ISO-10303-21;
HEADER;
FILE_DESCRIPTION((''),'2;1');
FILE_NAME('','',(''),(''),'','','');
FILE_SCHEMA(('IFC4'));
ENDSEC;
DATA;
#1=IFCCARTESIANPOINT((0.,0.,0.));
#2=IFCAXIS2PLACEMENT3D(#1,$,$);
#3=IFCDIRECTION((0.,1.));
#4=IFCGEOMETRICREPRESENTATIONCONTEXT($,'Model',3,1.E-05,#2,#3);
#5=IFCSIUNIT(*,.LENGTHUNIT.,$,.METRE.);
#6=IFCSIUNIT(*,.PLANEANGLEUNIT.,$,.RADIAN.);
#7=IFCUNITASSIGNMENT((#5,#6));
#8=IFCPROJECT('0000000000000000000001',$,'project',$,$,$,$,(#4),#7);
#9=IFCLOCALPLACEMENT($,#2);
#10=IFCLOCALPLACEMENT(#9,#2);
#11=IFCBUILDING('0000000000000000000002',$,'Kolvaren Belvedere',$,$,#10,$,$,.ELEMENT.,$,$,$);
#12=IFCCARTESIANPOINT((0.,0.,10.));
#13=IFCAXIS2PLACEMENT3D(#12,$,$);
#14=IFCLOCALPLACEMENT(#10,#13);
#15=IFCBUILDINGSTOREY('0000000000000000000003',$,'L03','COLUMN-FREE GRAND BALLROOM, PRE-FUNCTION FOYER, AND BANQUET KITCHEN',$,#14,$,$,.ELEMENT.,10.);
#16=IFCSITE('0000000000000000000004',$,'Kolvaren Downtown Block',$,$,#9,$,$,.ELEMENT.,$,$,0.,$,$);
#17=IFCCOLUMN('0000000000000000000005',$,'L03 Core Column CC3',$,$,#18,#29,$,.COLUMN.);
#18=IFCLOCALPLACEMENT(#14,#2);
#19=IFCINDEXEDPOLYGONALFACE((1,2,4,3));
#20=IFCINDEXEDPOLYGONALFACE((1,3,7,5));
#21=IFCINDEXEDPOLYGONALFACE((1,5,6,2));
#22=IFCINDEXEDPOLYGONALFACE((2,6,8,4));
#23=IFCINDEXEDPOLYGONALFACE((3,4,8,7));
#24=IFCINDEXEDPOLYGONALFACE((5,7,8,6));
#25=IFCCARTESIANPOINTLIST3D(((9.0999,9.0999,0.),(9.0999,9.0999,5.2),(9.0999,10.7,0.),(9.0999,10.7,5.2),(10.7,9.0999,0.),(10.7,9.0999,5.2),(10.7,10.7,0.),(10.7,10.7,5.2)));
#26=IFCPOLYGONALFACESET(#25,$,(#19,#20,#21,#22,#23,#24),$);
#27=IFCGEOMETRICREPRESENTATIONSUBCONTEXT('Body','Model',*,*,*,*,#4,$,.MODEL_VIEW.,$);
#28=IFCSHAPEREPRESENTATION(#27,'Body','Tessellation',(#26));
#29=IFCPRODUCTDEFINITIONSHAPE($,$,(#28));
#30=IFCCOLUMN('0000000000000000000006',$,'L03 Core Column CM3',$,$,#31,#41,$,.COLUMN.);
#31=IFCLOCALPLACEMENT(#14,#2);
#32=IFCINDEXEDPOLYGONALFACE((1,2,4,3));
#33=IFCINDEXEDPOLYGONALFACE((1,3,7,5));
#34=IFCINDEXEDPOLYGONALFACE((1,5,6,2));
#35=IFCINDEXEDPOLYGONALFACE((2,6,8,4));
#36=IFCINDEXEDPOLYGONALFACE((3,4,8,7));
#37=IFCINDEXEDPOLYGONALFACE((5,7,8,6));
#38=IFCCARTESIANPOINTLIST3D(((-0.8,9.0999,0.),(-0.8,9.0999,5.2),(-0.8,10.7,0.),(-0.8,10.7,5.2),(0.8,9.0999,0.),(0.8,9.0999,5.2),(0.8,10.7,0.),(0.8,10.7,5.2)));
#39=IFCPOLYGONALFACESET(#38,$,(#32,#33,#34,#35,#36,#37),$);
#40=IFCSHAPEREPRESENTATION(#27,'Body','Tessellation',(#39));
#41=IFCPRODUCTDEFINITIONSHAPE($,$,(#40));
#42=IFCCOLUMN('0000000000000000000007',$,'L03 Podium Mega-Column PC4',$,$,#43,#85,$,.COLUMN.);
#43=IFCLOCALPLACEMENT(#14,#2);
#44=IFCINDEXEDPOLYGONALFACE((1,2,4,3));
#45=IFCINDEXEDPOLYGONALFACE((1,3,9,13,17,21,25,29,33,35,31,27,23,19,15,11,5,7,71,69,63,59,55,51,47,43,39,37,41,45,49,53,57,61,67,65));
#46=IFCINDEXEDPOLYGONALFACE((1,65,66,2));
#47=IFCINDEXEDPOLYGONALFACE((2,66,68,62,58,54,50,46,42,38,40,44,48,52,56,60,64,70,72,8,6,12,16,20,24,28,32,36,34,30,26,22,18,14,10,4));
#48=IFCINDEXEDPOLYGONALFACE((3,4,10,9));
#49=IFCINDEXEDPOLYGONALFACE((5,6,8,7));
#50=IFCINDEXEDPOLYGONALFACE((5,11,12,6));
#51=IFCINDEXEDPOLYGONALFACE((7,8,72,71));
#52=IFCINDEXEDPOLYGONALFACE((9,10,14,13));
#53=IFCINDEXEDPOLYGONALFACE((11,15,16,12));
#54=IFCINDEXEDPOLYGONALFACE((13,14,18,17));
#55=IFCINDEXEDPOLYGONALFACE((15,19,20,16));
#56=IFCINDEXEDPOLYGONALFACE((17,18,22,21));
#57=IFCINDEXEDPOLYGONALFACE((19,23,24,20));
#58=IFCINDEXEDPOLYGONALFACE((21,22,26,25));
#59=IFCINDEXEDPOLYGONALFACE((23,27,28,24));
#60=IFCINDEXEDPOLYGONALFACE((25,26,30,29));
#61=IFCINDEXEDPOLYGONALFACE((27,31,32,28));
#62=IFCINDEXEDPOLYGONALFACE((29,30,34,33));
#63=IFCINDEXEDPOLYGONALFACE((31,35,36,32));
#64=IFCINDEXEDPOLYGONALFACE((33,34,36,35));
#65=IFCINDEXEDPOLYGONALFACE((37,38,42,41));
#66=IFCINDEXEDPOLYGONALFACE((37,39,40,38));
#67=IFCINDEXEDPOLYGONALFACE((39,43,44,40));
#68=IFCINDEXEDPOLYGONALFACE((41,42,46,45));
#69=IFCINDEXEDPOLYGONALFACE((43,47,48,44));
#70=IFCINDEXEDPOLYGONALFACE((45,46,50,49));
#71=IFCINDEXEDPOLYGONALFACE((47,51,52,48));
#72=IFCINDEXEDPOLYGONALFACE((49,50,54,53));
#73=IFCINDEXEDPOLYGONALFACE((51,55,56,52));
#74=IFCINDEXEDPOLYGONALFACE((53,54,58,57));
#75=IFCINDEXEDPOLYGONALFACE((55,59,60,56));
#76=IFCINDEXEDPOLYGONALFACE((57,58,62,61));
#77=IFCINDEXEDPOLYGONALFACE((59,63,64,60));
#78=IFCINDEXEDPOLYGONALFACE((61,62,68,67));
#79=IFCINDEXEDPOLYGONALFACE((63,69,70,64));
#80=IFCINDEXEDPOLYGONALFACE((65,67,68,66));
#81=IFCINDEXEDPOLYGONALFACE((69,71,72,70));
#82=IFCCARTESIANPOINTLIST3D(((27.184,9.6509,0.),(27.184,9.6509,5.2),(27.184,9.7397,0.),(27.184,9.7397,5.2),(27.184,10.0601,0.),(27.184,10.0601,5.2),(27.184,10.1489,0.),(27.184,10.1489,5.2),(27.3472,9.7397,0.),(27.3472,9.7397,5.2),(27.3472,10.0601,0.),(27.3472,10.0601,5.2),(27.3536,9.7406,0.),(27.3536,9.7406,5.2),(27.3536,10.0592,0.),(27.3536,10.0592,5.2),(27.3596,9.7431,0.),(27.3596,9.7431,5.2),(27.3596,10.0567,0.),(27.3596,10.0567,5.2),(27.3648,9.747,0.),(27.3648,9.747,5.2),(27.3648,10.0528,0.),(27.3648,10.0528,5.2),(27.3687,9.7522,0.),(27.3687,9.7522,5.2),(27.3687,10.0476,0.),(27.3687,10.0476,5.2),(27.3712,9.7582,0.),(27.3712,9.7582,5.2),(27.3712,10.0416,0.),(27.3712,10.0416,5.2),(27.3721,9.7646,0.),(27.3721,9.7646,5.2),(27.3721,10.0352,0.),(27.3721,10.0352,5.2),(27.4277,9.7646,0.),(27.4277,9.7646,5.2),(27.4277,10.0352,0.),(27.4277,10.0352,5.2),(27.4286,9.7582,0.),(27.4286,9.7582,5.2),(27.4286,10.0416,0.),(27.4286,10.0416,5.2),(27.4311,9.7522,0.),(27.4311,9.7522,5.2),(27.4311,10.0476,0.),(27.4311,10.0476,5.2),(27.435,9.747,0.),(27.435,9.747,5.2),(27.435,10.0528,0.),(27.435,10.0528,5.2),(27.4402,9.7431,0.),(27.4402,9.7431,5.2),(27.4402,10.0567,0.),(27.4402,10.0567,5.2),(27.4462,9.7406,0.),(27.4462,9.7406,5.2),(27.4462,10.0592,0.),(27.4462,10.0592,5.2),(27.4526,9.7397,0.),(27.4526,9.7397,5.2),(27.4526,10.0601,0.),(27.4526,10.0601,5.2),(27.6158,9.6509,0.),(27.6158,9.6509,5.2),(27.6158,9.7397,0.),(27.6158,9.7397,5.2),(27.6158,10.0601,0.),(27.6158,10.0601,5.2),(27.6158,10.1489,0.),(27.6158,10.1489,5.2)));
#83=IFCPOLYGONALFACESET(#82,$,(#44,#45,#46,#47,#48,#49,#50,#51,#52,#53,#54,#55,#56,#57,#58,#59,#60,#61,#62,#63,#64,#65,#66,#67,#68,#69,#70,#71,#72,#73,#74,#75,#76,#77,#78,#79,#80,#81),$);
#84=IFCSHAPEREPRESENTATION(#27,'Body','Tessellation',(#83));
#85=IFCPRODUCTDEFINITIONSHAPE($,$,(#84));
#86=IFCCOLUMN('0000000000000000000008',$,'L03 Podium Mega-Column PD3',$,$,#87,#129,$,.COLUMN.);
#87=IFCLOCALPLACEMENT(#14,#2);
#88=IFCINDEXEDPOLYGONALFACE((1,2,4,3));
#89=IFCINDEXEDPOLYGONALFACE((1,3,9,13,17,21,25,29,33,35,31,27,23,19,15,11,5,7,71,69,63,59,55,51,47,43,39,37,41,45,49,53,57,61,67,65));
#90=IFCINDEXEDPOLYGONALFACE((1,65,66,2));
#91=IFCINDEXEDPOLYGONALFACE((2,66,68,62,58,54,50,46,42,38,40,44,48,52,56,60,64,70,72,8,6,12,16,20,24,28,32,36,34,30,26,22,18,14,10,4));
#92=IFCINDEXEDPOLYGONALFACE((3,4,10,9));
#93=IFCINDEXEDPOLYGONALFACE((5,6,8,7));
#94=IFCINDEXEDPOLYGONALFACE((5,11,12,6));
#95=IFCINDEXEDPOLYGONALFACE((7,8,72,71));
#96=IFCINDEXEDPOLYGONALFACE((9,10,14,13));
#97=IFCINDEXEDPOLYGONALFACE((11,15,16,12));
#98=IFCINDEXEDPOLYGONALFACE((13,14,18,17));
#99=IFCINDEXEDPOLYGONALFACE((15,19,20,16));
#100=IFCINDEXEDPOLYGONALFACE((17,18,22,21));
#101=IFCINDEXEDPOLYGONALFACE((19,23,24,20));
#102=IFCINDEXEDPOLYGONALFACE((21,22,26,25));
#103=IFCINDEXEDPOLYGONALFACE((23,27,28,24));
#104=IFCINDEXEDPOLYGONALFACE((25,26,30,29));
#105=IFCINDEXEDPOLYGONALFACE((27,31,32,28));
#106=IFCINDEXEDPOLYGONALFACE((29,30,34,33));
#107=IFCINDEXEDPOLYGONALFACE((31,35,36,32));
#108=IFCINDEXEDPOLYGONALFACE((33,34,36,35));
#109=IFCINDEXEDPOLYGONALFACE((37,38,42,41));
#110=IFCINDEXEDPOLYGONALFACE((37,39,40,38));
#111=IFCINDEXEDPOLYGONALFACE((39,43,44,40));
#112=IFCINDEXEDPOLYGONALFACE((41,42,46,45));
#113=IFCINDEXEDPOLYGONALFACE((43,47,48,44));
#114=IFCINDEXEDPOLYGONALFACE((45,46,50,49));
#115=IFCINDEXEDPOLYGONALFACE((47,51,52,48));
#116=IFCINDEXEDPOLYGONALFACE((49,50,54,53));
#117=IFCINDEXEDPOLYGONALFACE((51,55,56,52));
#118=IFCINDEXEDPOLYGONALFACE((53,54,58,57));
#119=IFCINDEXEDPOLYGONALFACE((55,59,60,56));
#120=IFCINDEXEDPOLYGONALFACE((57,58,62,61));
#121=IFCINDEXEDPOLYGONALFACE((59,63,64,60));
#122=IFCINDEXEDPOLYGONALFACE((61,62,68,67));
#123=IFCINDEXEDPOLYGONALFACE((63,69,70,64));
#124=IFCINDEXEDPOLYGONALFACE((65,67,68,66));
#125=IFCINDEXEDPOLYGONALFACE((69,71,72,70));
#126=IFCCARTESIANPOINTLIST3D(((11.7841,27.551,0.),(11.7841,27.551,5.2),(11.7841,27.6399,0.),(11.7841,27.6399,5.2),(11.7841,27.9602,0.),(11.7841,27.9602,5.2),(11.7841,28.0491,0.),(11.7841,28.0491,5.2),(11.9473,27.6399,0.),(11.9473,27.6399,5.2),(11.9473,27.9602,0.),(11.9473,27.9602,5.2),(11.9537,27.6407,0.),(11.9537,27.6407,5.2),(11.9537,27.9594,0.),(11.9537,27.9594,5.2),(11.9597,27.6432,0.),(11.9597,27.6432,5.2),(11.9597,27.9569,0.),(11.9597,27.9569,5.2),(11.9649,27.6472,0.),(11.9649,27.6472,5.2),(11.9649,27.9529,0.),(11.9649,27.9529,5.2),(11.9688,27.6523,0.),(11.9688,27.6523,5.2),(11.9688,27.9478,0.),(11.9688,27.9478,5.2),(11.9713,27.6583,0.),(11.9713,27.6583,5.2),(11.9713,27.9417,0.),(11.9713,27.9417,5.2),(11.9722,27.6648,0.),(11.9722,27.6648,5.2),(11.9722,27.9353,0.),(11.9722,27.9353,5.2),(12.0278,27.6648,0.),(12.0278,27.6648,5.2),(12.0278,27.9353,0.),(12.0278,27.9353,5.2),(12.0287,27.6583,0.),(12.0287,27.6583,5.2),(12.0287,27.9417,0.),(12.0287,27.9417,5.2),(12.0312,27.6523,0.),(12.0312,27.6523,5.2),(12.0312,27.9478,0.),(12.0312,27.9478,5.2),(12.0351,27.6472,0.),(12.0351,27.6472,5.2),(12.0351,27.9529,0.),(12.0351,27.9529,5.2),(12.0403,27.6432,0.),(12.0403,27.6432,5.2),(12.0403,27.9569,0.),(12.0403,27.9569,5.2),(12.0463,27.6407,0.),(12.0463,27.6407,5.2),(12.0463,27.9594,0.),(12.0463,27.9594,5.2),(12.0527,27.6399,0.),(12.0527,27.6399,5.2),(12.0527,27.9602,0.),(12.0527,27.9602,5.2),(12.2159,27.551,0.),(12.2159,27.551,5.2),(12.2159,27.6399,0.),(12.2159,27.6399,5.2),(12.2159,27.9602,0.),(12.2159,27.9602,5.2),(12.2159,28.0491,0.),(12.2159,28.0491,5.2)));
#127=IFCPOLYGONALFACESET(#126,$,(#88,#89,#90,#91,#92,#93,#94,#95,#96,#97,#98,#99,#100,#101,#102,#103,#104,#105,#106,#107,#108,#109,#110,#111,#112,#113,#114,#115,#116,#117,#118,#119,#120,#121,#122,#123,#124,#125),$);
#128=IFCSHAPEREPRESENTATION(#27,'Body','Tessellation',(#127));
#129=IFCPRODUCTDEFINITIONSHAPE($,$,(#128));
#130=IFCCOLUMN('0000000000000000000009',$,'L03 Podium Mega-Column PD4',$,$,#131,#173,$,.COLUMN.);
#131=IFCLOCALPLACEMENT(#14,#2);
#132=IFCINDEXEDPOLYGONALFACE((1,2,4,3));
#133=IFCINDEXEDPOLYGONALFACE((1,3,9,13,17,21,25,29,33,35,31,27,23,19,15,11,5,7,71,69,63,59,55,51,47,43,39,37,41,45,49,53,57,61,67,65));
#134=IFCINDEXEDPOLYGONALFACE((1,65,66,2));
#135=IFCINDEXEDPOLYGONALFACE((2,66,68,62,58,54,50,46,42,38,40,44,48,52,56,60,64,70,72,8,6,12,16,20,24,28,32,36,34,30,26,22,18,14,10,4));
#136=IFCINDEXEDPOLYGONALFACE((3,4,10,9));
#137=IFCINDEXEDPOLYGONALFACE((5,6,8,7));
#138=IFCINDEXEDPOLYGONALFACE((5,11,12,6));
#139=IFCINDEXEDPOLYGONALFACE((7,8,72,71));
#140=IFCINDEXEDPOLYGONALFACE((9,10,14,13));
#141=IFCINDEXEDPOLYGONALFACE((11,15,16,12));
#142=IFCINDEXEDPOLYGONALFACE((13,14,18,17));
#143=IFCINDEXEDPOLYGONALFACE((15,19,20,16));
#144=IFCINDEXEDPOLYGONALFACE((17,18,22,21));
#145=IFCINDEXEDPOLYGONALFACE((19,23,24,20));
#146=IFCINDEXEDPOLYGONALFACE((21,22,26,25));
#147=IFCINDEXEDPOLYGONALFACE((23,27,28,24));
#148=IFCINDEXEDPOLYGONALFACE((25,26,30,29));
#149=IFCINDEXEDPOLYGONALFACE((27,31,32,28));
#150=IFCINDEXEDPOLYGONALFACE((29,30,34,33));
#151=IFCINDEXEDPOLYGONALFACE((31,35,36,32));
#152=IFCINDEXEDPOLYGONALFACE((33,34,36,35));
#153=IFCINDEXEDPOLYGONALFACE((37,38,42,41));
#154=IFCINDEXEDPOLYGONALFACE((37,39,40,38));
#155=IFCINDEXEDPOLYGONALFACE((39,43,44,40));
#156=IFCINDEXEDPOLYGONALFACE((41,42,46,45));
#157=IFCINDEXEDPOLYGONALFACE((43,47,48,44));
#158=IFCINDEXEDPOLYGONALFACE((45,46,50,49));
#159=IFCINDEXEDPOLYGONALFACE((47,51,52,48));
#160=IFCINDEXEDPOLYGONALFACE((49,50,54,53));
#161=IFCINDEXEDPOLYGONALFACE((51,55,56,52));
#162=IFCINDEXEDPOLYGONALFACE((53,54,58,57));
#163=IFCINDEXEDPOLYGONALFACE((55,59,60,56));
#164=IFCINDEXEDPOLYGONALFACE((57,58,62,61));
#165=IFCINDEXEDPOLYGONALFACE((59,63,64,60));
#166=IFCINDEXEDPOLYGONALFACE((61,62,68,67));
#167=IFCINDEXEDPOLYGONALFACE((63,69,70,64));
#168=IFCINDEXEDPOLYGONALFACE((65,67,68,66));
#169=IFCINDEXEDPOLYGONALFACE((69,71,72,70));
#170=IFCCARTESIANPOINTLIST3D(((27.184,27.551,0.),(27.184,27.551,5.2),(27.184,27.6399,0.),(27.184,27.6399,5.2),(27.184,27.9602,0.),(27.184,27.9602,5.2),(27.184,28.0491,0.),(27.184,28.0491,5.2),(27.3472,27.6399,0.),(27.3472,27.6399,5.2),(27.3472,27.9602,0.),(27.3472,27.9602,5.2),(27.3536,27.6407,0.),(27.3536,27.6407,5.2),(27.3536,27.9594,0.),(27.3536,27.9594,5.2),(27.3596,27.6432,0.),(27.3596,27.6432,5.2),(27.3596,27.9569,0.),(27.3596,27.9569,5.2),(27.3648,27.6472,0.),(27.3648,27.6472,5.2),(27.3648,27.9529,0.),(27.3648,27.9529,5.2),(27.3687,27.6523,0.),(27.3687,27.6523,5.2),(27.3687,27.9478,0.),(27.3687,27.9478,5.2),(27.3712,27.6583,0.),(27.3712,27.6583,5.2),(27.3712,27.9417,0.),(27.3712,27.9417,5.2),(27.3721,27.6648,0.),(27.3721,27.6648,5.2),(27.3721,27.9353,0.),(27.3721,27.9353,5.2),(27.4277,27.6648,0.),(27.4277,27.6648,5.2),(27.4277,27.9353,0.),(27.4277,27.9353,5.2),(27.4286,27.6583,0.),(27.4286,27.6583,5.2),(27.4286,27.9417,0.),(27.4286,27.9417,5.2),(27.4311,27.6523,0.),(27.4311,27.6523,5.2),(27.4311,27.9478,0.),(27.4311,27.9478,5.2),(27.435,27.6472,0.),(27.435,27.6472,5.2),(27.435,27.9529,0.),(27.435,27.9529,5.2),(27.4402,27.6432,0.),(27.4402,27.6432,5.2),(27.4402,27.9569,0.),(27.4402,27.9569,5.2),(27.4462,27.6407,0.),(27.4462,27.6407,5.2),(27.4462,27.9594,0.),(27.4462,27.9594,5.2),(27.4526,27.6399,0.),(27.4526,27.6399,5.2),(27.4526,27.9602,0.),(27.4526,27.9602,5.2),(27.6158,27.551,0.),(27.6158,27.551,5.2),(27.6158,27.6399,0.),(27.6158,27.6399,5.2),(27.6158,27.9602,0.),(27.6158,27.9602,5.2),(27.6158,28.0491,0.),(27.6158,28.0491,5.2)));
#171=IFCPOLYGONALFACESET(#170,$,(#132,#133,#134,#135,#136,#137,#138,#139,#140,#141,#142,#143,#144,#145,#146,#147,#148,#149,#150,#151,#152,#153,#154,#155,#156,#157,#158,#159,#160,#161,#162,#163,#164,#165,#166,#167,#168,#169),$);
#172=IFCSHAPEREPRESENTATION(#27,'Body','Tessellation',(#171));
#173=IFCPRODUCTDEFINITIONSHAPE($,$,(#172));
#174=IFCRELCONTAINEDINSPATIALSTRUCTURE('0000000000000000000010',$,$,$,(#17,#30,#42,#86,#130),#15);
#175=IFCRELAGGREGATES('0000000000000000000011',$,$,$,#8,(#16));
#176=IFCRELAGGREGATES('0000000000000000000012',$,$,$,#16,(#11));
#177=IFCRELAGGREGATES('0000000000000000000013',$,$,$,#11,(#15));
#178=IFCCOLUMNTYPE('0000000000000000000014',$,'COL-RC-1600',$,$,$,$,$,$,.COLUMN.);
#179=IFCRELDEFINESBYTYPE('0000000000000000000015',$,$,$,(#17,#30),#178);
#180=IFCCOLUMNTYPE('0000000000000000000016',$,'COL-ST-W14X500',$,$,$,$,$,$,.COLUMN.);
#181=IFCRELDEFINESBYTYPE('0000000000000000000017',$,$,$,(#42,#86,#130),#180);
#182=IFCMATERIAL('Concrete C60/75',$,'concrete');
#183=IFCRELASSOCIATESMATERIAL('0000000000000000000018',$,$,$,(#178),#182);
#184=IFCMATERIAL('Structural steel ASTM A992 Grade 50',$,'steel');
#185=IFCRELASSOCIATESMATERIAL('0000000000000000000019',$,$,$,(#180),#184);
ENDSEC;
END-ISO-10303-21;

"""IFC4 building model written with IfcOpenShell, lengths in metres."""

from ifc_helpers import new_model, si_unit, direction, frame, origin, origin_2d, place, context, subcontext, project, spatial, rectangle, i_section, extrude, material, material_profile, profile_set, type_object, element, save


model = new_model("IFC4")

# Units and contexts
model_context = context("Model", 3, precision=1e-05, world=origin(), true_north=direction((0.0, 1.0)))
body_context = subcontext(model_context, "Body", "Model", "MODEL_VIEW")
ifc_project = project(units=[si_unit("LENGTHUNIT", "METRE"), si_unit("PLANEANGLEUNIT", "RADIAN")], contexts=[model_context])

# Site, building, storey
site_placement = place(None, origin())
site = spatial("IfcSite", under=ifc_project, at=site_placement, Name="Kolvaren Downtown Block", CompositionType="ELEMENT", RefElevation=0.0)
building_placement = place(site_placement, origin())
building = spatial("IfcBuilding", under=site, at=building_placement, Name="Kolvaren Belvedere", CompositionType="ELEMENT")
storey_placement = place(building_placement, frame((0.0, 0.0, 10.0)))
storey = spatial("IfcBuildingStorey", under=building, at=storey_placement, Name="L03", Description="COLUMN-FREE GRAND BALLROOM, PRE-FUNCTION FOYER, AND BANQUET KITCHEN", CompositionType="ELEMENT", Elevation=10.0)

# Columns
ifc_material_1 = material(Name="Concrete C60/75", Category="concrete")
ifc_material_profile_1 = material_profile(ifc_material_1, rectangle(XDim=1.6001, YDim=1.6001, at=origin_2d()), Name="RC 1600X1600")
ifc_profile_set_1 = profile_set([ifc_material_profile_1], Name="Concrete C60/75")
column_type_1 = type_object("IfcColumnType", Name="COL-RC-1600", PredefinedType="COLUMN", material=ifc_profile_set_1)
for number, where, z_axis, x_axis, name in (
    (1, (9.8999, 9.8999, 0.0), (0.0, 0.0, 1.0), (1.0, 0.0, 0.0), "L03 Core Column CC3"),
    (2, (0.0, 9.8999, 0.0), (0.0, 0.0, 1.0), (1.0, 0.0, 0.0), "L03 Core Column CM3"),
):
    element("IfcColumn", number, at=place(storey_placement, frame(where, z_axis=z_axis, x_axis=x_axis)), inside=storey, type_object=column_type_1, Name=name, PredefinedType="COLUMN", context=body_context, shape_type="SweptSolid", body=[
        extrude(rectangle(XDim=1.6001, YDim=1.6001, at=origin_2d()), origin(), (0.0, 0.0, 1.0), 5.2),
    ])
ifc_material_2 = material(Name="Structural steel ASTM A992 Grade 50", Category="steel")
ifc_material_profile_2 = material_profile(ifc_material_2, i_section(OverallWidth=0.4319, OverallDepth=0.498, WebThickness=0.0557, FlangeThickness=0.0889, FilletRadius=0.0249, at=origin_2d()), Name="W14X500")
ifc_profile_set_2 = profile_set([ifc_material_profile_2], Name="Structural steel ASTM A992 Grade 50")
column_type_2 = type_object("IfcColumnType", Name="COL-ST-W14X500", PredefinedType="COLUMN", material=ifc_profile_set_2)
for number, where, z_axis, x_axis, name in (
    (3, (27.3999, 9.8999, 0.0), (0.0, 0.0, 1.0), (1.0, 0.0, 0.0), "L03 Podium Mega-Column PC4"),
    (4, (12.0, 27.8, 0.0), (0.0, 0.0, 1.0), (1.0, 0.0, 0.0), "L03 Podium Mega-Column PD3"),
    (5, (27.3999, 27.8, 0.0), (0.0, 0.0, 1.0), (1.0, 0.0, 0.0), "L03 Podium Mega-Column PD4"),
):
    element("IfcColumn", number, at=place(storey_placement, frame(where, z_axis=z_axis, x_axis=x_axis)), inside=storey, type_object=column_type_2, Name=name, PredefinedType="COLUMN", context=body_context, shape_type="SweptSolid", body=[
        extrude(i_section(OverallWidth=0.4319, OverallDepth=0.498, WebThickness=0.0557, FlangeThickness=0.0889, FilletRadius=0.0249, at=origin_2d()), origin(), (0.0, 0.0, 1.0), 5.2),
    ])

save(model, "model.ifc")
